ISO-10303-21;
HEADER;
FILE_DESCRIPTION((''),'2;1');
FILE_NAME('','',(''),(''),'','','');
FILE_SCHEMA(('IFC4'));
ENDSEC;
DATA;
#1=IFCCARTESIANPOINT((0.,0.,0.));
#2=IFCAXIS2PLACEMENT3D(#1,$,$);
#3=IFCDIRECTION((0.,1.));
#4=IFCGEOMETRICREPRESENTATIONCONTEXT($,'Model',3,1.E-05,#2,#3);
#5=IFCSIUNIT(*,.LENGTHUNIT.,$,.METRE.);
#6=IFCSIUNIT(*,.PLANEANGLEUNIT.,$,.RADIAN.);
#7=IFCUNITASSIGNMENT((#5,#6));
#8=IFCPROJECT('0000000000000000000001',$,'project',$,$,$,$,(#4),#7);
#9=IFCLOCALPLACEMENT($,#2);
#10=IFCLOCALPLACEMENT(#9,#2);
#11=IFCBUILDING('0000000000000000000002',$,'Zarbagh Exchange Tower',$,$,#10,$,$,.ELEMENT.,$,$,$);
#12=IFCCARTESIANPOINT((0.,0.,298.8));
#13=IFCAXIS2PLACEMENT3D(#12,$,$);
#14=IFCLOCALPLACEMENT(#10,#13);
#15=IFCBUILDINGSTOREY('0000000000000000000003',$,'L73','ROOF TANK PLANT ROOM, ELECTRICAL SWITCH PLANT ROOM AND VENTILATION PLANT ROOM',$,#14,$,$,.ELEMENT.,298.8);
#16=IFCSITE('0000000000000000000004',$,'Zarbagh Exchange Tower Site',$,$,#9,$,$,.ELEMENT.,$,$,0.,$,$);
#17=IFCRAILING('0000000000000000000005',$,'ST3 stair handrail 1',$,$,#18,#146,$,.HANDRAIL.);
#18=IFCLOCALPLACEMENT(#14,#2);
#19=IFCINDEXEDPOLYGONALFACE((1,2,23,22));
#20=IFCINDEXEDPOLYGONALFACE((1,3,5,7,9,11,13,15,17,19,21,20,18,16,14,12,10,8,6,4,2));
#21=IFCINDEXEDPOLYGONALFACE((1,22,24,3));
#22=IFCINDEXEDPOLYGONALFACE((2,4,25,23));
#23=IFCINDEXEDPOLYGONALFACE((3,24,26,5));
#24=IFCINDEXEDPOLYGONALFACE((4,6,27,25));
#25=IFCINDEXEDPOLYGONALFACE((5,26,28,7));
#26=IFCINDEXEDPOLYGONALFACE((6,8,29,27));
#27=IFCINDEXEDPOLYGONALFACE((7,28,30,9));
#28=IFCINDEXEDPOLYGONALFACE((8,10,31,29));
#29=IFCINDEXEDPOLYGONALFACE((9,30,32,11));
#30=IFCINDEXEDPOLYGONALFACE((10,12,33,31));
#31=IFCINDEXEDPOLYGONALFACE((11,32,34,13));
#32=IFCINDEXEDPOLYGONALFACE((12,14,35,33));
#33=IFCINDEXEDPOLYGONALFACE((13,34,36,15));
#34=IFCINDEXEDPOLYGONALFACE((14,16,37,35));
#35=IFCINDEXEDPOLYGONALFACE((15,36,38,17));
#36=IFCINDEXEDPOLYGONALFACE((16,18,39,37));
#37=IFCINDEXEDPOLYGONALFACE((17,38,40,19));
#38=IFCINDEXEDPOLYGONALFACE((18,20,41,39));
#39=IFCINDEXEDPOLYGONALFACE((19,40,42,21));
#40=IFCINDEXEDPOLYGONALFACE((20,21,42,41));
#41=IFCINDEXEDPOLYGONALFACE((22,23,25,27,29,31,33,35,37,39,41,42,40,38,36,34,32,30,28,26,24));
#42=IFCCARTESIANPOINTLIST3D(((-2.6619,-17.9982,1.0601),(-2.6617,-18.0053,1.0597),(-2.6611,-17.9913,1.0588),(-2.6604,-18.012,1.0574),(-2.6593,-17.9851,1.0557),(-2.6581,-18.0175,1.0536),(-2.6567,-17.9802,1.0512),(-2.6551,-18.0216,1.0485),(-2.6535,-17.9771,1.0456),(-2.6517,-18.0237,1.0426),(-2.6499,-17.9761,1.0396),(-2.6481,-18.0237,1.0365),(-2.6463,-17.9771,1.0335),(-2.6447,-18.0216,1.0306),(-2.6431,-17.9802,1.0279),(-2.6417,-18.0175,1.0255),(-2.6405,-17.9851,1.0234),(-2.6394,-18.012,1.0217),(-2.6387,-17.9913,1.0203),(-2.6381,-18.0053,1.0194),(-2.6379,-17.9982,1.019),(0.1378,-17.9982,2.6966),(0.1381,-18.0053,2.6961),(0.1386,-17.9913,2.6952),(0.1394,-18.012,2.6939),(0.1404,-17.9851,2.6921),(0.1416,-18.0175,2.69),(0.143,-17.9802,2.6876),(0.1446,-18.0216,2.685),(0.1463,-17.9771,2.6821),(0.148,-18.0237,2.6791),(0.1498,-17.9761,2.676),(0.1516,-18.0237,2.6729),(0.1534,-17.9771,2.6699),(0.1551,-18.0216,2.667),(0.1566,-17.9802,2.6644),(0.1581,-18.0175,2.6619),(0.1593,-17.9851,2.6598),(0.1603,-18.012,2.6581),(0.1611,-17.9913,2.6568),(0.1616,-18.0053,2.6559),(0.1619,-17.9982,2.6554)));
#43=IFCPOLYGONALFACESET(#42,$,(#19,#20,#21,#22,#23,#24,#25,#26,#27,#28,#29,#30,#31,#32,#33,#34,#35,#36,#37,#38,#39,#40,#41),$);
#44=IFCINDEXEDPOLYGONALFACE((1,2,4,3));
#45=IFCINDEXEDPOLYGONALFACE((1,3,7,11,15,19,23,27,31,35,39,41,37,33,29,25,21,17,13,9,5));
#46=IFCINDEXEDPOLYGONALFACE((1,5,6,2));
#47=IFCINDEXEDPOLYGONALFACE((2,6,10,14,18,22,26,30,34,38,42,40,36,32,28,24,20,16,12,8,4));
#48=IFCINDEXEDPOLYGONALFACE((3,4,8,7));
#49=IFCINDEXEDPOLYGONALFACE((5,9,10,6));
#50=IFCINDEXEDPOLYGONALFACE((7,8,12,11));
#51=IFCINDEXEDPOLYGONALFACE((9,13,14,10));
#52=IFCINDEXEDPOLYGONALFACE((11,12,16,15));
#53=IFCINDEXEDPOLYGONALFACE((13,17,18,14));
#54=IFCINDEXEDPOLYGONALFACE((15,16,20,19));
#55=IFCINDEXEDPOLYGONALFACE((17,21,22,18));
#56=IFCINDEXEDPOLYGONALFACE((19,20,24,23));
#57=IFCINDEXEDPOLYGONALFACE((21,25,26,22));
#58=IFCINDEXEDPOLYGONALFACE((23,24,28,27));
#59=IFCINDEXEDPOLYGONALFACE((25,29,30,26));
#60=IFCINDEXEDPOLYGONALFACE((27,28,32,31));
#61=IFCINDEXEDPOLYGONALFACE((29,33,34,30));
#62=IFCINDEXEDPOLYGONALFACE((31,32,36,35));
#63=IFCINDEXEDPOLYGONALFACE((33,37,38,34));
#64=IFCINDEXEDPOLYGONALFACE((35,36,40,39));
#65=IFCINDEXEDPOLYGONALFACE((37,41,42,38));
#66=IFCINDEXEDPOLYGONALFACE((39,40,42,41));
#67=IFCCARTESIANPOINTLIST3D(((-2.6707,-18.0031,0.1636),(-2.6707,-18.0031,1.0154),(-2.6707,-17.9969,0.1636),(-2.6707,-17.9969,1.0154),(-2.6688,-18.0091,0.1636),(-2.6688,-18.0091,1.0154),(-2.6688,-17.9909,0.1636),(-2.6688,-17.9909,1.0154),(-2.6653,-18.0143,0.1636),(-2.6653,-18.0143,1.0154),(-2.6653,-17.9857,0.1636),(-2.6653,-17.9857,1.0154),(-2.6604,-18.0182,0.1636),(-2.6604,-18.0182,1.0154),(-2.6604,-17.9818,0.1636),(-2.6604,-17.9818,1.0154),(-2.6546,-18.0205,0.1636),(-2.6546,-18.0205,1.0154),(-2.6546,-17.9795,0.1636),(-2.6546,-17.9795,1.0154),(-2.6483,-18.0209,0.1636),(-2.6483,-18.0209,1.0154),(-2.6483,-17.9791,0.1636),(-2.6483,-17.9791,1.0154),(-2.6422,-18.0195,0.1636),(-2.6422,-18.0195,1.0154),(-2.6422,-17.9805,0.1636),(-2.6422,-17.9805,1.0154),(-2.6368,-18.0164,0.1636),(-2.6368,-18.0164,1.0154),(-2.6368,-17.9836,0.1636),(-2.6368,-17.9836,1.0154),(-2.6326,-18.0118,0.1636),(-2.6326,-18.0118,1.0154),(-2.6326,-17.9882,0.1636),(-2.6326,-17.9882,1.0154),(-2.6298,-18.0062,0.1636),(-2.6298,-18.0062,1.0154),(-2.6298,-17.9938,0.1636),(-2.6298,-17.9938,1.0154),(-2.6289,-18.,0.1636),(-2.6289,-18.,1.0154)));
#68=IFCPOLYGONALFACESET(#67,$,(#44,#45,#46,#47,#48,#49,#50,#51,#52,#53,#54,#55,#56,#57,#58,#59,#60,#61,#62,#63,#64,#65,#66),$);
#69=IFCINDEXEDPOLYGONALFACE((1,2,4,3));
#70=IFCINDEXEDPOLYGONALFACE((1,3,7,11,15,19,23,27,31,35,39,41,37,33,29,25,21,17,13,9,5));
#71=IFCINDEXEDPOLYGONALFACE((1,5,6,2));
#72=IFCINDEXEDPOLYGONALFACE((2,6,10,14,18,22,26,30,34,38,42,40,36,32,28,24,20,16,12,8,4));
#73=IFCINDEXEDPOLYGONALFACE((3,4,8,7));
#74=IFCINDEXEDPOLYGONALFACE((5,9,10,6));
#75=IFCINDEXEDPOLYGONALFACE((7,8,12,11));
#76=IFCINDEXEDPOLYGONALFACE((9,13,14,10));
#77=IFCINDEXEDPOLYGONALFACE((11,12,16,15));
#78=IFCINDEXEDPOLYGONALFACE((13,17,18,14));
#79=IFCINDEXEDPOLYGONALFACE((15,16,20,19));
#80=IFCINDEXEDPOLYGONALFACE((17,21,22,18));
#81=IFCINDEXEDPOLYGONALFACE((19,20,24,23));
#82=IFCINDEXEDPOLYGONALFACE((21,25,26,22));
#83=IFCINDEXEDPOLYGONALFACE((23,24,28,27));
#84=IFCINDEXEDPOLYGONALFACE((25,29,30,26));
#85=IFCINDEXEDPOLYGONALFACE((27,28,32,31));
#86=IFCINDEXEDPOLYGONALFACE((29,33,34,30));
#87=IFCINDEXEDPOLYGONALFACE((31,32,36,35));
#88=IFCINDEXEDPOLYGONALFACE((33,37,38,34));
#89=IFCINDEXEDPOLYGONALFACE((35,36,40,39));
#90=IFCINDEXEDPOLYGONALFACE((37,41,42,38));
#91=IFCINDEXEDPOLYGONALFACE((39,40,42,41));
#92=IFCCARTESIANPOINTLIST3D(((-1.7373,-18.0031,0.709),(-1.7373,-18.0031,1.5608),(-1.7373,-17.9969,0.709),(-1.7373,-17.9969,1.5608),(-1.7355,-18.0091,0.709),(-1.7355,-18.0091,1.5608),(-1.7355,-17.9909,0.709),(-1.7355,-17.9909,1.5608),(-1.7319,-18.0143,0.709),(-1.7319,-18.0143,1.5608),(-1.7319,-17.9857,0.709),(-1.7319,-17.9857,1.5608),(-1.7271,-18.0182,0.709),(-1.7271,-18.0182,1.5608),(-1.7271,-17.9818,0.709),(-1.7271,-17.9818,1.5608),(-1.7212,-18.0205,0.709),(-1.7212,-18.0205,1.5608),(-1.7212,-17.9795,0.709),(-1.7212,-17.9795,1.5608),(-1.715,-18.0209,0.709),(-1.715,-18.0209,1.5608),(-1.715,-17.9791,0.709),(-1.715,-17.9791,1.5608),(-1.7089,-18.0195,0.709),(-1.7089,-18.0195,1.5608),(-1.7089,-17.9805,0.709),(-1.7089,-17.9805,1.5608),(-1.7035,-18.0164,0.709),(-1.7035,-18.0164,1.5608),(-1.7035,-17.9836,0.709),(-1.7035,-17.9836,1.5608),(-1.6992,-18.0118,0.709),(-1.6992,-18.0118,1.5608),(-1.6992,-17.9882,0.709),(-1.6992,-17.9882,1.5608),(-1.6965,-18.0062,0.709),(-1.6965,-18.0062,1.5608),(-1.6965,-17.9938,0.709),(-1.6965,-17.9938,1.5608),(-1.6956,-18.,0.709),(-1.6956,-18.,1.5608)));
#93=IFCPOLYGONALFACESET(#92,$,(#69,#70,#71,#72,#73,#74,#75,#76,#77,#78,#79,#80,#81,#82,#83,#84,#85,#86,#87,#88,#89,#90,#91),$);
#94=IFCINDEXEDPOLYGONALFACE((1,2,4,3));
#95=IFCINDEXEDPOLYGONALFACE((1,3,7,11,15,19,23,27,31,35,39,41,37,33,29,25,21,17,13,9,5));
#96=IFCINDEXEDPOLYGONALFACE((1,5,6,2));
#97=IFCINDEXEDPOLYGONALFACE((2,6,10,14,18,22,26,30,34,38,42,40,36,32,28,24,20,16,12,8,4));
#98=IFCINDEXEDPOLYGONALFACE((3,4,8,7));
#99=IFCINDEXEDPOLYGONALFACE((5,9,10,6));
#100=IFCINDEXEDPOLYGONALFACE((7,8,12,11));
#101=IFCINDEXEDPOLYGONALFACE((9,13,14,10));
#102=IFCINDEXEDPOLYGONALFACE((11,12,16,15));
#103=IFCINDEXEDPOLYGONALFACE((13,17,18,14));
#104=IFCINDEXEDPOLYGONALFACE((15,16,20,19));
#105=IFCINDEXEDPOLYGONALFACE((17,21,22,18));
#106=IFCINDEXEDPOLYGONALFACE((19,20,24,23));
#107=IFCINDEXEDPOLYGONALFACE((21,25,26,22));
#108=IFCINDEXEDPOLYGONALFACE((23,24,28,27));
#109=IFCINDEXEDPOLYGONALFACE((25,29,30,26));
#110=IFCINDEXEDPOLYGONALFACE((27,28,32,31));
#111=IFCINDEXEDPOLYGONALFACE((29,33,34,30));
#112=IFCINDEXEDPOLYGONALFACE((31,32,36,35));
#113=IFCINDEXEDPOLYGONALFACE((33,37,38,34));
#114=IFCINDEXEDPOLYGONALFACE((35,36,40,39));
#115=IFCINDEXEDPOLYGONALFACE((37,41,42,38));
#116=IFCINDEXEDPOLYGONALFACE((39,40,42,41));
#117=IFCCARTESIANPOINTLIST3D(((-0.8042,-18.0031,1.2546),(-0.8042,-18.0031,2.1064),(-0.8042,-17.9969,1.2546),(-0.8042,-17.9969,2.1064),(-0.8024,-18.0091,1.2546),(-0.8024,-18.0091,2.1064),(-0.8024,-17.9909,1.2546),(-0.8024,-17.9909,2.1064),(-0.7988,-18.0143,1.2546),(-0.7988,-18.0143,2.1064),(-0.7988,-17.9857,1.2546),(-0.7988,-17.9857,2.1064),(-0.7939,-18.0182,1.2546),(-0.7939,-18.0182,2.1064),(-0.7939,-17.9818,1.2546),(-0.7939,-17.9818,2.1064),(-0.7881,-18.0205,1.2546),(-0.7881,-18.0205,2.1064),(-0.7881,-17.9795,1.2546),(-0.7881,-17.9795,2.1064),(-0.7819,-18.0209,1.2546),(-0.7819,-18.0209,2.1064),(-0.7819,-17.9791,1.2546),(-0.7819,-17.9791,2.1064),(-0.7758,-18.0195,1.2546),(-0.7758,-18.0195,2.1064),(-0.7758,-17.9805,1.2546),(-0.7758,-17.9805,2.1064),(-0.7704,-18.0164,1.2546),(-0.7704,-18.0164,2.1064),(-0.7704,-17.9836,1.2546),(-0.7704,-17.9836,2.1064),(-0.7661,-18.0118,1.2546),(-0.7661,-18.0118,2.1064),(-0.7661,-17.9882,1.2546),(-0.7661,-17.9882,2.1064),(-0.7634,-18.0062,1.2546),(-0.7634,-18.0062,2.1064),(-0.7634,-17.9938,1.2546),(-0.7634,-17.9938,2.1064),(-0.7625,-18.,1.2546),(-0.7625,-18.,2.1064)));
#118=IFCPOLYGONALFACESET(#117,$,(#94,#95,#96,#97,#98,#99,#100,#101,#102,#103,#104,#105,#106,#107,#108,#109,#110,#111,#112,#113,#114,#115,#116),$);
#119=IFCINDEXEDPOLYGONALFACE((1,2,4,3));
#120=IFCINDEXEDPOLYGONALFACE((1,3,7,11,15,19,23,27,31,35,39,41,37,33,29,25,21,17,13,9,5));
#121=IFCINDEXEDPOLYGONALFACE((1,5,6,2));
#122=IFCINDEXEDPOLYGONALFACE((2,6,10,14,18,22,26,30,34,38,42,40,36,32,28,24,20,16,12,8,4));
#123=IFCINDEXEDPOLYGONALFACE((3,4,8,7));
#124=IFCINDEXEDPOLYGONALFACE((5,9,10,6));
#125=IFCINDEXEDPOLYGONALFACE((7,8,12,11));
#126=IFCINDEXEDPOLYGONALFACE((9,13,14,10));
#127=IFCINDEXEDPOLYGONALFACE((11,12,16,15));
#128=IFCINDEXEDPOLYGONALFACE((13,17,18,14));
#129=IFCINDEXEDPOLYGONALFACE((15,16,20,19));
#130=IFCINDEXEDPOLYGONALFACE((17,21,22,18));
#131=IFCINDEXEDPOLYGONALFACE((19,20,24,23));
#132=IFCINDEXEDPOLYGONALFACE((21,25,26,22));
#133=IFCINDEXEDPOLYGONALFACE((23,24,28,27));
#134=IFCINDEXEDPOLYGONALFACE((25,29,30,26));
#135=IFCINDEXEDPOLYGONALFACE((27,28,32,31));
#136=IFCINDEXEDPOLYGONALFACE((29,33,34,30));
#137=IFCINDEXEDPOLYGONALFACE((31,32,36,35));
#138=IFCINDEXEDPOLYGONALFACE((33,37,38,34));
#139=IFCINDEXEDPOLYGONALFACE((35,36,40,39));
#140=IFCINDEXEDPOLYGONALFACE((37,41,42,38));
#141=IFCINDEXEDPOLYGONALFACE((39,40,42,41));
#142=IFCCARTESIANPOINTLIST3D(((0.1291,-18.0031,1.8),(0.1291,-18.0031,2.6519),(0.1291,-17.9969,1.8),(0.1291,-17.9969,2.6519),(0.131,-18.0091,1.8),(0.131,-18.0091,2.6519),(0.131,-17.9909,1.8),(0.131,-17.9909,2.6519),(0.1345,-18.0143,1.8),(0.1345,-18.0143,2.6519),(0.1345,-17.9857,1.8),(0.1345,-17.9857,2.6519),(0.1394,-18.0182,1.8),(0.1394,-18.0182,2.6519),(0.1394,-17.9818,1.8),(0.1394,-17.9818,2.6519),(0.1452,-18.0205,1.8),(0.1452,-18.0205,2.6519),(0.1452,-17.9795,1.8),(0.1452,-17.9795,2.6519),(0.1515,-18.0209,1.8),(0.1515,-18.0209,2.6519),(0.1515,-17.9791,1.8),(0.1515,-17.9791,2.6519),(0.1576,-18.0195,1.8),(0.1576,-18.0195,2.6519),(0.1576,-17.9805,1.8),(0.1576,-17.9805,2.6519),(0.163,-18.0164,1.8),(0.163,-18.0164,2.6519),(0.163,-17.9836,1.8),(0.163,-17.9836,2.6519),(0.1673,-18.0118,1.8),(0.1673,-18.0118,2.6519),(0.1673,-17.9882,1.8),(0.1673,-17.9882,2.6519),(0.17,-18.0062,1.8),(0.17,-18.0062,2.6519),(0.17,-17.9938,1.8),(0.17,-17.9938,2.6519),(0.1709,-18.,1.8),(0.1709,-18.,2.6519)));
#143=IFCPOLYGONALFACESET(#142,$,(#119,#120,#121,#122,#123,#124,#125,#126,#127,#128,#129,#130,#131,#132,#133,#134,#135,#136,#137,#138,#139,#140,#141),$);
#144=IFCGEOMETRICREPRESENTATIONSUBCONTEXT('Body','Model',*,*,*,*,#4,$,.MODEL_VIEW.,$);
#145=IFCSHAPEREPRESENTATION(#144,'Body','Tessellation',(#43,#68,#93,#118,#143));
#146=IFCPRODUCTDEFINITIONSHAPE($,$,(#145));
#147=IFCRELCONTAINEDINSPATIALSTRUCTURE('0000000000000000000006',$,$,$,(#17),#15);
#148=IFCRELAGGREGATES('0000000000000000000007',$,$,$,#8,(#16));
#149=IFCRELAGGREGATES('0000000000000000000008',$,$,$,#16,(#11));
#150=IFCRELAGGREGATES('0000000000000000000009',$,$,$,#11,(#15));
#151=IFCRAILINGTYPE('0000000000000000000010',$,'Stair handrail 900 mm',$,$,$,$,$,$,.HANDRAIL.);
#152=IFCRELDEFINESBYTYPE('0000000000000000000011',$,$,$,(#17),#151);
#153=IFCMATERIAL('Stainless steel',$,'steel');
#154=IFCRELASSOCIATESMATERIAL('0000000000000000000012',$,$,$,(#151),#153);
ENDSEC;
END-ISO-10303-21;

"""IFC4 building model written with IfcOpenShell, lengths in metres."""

from ifc_helpers import new_model, si_unit, direction, frame, origin, origin_2d, place, context, subcontext, project, spatial, circle, extrude, material, type_object, element, save


model = new_model("IFC4")

# Units and contexts
model_context = context("Model", 3, precision=1e-05, world=origin(), true_north=direction((0.0, 1.0)))
body_context = subcontext(model_context, "Body", "Model", "MODEL_VIEW")
ifc_project = project(units=[si_unit("LENGTHUNIT", "METRE"), si_unit("PLANEANGLEUNIT", "RADIAN")], contexts=[model_context])

# Site, building, storey
site_placement = place(None, origin())
site = spatial("IfcSite", under=ifc_project, at=site_placement, Name="Zarbagh Exchange Tower Site", CompositionType="ELEMENT", RefElevation=0.0)
building_placement = place(site_placement, origin())
building = spatial("IfcBuilding", under=site, at=building_placement, Name="Zarbagh Exchange Tower", CompositionType="ELEMENT")
storey_placement = place(building_placement, frame((0.0, 0.0, 298.8)))
storey = spatial("IfcBuildingStorey", under=building, at=storey_placement, Name="L73", Description="ROOF TANK PLANT ROOM, ELECTRICAL SWITCH PLANT ROOM AND VENTILATION PLANT ROOM", CompositionType="ELEMENT", Elevation=298.8)

# Railing
ifc_material_1 = material(Name="Stainless steel", Category="steel")
railing_type_1 = type_object("IfcRailingType", Name="Stair handrail 900 mm", PredefinedType="HANDRAIL", material=ifc_material_1)
railing_1_placement = place(storey_placement, frame((-2.6499, -18.0, 0.1636)))
element("IfcRailing", 1, at=railing_1_placement, inside=storey, type_object=railing_type_1, Name="ST3 stair handrail 1", PredefinedType="HANDRAIL", context=body_context, shape_type="SweptSolid", body=[
    extrude(circle(Radius=0.0239, at=origin_2d()), frame((0.0, 0.0, 0.876), z_axis=(0.863342, 0.0, 0.50462), x_axis=(0.0, 1.0, 0.0)), (0.0, 0.0, 1.0), 3.2429),
    extrude(circle(Radius=0.021, at=origin_2d()), origin(), (0.0, 0.0, 1.0), 0.8518),
    extrude(circle(Radius=0.021, at=origin_2d()), frame((0.9333, 0.0, 0.5454)), (0.0, 0.0, 1.0), 0.8518),
    extrude(circle(Radius=0.021, at=origin_2d()), frame((1.8665, 0.0, 1.0911)), (0.0, 0.0, 1.0), 0.8518),
    extrude(circle(Radius=0.021, at=origin_2d()), frame((2.7998, 0.0, 1.6365)), (0.0, 0.0, 1.0), 0.8518),
])

save(model, "model.ifc")
